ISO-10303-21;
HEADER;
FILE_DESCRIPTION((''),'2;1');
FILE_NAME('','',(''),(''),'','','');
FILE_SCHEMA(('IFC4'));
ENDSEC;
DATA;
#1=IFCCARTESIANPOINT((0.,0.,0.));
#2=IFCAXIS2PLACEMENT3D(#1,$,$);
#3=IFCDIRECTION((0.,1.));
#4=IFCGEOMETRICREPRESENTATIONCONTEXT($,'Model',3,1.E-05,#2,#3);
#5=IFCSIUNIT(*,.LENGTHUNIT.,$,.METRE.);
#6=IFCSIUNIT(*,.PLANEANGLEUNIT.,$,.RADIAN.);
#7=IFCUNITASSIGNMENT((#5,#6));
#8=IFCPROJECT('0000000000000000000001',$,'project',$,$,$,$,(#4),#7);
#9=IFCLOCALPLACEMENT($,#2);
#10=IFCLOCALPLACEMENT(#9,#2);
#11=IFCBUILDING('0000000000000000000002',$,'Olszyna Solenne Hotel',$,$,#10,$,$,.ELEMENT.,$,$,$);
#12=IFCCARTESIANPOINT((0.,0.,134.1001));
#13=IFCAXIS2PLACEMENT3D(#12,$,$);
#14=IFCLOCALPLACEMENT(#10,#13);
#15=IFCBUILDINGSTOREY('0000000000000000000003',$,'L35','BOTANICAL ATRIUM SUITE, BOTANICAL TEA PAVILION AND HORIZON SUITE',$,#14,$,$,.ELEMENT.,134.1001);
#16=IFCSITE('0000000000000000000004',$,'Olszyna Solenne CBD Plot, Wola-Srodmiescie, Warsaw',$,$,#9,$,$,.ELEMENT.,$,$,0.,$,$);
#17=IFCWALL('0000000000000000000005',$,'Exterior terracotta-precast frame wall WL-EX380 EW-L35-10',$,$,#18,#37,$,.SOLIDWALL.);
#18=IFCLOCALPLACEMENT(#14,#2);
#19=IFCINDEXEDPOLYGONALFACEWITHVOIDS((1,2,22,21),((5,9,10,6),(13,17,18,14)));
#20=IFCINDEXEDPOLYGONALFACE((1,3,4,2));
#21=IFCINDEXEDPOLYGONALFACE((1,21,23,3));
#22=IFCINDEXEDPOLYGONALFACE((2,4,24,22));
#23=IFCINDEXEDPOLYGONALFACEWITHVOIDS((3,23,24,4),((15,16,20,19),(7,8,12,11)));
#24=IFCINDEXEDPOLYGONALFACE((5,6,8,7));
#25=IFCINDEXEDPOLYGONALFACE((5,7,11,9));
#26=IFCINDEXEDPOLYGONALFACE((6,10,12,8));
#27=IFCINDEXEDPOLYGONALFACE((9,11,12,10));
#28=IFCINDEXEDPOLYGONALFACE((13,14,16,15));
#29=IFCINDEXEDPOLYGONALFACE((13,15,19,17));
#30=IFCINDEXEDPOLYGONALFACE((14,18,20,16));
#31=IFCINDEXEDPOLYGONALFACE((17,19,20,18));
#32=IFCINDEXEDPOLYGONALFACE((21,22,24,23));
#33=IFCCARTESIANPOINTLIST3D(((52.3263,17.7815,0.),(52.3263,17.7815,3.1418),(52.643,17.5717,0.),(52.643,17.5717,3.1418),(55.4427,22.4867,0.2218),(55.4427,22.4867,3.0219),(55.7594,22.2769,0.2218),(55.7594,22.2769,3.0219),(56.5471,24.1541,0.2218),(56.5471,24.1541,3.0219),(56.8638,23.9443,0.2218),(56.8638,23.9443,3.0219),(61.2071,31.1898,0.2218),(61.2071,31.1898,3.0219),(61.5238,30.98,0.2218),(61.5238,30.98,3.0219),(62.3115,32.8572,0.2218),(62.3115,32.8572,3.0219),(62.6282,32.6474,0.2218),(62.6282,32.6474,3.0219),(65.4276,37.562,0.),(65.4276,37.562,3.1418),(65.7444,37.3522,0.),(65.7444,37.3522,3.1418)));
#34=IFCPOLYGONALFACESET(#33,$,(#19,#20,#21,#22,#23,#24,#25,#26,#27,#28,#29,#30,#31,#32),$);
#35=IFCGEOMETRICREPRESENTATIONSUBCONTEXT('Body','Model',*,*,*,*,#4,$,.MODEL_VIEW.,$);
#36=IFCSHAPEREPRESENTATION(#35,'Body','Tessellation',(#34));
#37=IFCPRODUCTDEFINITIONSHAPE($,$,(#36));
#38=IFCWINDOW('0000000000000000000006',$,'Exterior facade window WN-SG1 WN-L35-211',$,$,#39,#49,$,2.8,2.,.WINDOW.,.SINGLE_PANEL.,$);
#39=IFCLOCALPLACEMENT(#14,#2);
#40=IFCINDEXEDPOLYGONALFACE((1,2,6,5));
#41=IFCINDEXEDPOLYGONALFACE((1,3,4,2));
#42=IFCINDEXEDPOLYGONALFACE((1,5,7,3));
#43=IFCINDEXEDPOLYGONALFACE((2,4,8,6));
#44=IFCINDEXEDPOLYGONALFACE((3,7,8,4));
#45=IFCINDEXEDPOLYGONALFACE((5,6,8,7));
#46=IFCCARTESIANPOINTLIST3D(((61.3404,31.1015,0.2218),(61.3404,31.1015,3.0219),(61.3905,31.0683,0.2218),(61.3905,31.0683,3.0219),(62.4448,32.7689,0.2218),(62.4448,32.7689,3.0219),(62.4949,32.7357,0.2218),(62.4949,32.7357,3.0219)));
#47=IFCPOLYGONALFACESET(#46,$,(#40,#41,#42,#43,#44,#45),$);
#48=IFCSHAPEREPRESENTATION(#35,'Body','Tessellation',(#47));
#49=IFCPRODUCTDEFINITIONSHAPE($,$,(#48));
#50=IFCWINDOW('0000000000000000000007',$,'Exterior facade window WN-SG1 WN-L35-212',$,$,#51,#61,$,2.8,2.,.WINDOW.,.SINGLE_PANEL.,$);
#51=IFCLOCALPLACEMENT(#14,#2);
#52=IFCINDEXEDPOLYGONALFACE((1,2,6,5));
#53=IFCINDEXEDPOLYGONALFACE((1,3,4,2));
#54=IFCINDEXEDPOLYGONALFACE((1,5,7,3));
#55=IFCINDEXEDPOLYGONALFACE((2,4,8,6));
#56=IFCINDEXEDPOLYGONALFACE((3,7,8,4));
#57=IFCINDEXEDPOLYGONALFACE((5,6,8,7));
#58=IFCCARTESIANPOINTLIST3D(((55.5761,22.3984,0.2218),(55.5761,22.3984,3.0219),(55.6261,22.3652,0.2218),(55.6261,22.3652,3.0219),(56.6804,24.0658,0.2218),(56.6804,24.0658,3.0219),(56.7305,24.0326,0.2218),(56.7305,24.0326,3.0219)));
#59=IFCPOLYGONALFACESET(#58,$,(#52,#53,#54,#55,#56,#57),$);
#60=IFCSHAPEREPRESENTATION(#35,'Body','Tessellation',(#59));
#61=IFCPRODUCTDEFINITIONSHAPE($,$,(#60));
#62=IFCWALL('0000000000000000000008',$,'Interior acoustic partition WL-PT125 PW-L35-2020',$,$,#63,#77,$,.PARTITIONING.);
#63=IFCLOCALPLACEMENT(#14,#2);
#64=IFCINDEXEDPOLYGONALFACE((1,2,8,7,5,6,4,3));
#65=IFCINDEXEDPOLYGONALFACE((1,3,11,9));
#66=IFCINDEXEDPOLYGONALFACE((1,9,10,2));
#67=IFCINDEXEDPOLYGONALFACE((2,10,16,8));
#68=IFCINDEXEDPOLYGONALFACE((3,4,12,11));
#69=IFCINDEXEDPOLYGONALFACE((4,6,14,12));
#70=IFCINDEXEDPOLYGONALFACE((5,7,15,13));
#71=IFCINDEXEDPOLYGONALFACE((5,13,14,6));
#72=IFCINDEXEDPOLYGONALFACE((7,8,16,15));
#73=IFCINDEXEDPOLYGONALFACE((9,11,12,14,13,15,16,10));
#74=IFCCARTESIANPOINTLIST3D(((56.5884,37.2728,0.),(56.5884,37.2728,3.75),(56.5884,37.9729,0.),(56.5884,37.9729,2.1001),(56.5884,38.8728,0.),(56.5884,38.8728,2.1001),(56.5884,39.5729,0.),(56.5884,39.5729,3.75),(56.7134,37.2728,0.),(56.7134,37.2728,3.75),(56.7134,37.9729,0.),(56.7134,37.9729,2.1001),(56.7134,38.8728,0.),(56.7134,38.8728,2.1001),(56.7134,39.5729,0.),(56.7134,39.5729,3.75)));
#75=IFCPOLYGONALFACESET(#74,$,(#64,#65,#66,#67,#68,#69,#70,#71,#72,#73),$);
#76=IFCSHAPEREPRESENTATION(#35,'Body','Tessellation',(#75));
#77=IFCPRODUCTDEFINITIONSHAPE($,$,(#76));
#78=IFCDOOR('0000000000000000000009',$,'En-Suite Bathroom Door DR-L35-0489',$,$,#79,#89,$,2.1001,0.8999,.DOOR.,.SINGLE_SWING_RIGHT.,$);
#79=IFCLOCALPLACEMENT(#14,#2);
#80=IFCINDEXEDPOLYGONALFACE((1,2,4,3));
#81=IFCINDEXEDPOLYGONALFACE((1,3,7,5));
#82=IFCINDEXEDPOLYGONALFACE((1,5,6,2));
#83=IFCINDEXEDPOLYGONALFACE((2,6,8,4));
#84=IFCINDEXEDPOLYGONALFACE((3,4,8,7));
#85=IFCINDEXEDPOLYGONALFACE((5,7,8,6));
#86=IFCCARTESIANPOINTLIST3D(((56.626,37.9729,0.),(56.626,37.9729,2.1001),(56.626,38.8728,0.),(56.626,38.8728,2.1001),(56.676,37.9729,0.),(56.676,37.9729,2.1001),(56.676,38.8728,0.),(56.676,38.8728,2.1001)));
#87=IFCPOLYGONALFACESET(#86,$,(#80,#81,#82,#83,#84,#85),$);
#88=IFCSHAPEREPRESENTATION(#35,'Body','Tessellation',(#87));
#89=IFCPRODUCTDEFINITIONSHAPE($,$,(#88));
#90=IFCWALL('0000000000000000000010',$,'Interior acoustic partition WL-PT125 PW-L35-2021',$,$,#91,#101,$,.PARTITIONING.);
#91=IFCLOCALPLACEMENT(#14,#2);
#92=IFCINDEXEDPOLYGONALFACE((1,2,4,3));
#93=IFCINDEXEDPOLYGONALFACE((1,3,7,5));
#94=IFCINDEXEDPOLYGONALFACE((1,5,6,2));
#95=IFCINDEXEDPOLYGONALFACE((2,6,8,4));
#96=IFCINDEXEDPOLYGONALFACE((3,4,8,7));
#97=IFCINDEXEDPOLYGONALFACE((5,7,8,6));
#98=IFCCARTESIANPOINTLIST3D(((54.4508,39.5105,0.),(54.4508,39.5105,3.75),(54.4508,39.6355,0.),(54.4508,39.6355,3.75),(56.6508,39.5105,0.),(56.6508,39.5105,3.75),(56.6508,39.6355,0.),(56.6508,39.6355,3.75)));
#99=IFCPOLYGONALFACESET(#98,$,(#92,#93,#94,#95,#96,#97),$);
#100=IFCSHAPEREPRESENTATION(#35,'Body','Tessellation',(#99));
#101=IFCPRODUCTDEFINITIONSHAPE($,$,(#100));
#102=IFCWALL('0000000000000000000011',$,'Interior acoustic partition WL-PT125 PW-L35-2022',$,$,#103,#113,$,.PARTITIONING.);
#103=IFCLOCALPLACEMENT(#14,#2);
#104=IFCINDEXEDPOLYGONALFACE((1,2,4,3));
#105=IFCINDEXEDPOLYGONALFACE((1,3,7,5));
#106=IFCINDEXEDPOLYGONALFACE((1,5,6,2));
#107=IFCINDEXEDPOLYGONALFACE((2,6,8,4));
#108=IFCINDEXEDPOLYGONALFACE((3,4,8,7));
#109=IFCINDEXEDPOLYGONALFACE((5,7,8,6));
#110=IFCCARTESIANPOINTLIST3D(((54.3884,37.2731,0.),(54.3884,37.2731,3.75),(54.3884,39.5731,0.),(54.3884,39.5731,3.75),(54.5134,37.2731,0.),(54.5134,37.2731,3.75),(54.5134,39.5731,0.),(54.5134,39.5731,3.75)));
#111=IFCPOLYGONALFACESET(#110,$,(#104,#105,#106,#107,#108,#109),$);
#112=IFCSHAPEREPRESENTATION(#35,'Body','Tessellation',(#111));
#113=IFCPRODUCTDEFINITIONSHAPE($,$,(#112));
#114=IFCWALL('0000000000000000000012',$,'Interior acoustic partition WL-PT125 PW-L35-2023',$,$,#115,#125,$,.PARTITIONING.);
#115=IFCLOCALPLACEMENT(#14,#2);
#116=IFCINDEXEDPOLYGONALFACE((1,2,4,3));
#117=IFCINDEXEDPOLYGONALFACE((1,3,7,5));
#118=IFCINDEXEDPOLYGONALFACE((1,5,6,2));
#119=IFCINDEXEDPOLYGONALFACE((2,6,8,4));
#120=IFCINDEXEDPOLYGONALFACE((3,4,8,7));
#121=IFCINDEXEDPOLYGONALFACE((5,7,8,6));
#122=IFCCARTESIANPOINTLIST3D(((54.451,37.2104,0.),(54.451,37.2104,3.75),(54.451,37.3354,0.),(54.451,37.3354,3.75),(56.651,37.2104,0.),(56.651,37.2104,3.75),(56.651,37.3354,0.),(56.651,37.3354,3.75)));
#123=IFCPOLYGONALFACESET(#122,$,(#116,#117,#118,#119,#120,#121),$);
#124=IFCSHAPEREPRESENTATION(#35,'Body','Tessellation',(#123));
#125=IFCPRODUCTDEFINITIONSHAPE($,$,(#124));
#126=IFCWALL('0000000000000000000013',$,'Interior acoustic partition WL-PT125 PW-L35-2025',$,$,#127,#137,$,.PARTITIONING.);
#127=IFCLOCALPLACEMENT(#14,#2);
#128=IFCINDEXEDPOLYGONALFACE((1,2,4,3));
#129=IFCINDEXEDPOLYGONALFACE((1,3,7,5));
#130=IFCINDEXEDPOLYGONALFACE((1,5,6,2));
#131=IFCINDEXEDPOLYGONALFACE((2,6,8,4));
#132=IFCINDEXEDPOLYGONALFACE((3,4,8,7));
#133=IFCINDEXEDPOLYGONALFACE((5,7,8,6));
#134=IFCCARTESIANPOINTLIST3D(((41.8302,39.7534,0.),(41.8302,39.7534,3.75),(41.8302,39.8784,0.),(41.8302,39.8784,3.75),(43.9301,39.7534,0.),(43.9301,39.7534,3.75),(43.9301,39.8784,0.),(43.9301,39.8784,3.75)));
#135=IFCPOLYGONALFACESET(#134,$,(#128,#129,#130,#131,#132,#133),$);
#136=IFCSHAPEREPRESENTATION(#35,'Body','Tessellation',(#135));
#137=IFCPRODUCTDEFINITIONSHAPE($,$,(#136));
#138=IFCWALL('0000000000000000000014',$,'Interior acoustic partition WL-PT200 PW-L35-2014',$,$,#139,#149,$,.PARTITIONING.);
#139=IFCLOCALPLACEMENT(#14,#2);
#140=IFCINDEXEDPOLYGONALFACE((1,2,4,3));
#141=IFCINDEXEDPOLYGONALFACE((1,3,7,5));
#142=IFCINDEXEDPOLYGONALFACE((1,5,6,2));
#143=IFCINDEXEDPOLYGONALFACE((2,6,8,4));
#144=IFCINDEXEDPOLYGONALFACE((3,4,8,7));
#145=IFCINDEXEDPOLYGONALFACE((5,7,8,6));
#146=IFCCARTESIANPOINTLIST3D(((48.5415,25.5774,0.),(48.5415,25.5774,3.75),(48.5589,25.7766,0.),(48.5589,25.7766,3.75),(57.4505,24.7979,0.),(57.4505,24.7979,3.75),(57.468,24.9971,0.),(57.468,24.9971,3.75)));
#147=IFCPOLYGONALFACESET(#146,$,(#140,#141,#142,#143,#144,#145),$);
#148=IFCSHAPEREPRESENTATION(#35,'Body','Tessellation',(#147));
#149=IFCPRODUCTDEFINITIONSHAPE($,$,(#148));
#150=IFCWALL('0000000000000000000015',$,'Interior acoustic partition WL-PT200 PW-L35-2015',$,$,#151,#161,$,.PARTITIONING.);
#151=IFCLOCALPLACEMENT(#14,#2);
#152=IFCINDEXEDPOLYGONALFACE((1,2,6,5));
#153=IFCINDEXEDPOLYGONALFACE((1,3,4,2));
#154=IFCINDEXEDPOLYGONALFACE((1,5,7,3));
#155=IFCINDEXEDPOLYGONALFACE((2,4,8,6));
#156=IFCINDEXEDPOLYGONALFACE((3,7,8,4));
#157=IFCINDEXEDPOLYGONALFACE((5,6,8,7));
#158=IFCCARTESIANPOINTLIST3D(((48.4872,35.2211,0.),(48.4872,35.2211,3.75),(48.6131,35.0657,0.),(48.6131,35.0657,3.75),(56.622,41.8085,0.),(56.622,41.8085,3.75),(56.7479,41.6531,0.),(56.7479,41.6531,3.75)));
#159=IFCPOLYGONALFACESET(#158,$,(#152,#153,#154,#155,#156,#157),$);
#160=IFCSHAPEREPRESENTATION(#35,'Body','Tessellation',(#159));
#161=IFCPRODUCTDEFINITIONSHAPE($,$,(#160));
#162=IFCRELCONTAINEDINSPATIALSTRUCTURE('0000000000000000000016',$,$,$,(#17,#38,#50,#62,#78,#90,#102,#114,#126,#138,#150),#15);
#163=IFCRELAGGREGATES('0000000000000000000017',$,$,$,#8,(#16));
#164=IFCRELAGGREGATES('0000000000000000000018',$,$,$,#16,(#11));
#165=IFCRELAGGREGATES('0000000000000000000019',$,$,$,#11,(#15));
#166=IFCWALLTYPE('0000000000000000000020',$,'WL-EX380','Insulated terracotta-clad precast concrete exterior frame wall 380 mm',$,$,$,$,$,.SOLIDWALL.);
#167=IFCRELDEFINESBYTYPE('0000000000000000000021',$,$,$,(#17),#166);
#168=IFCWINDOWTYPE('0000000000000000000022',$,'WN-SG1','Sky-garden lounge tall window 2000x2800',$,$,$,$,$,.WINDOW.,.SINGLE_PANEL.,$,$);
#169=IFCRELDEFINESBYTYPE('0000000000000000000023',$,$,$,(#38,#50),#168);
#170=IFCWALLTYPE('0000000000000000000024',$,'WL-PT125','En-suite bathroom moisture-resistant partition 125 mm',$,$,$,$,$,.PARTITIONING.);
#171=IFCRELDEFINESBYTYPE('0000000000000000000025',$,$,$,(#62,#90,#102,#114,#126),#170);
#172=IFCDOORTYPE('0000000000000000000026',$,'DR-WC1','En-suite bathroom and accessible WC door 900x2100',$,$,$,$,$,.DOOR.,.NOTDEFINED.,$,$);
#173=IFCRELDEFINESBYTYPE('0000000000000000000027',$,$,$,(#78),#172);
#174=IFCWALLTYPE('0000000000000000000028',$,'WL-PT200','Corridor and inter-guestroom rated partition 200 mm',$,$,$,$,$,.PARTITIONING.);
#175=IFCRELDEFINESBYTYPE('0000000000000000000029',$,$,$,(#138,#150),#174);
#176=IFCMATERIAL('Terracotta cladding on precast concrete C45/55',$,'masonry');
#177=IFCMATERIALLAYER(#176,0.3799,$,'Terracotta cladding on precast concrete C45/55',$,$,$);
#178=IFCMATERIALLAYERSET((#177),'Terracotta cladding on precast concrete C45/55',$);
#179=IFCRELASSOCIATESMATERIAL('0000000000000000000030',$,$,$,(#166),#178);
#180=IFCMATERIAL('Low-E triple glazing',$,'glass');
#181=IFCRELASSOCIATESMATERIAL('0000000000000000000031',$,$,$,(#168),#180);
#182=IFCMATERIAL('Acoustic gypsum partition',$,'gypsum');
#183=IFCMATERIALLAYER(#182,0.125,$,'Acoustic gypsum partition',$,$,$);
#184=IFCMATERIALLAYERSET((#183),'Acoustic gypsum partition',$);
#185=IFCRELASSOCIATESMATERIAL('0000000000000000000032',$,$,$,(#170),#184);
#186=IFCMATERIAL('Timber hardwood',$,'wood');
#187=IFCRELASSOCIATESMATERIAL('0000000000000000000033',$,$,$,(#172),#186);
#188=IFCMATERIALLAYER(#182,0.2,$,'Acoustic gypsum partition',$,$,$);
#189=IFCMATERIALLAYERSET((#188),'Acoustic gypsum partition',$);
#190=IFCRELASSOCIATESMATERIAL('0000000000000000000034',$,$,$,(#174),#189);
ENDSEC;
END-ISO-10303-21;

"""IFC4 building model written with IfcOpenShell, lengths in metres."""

from ifc_helpers import new_model, si_unit, direction, frame, frame_2d, origin, place, context, subcontext, project, spatial, rectangle, extrude, source, transform, mapped, material, layer, layer_set, type_object, type_shapes, element, fill, save


model = new_model("IFC4")

# Units and contexts
model_context = context("Model", 3, precision=1e-05, world=origin(), true_north=direction((0.0, 1.0)))
body_context = subcontext(model_context, "Body", "Model", "MODEL_VIEW")
ifc_project = project(units=[si_unit("LENGTHUNIT", "METRE"), si_unit("PLANEANGLEUNIT", "RADIAN")], contexts=[model_context])

# Site, building, storey
site_placement = place(None, origin())
site = spatial("IfcSite", under=ifc_project, at=site_placement, Name="Olszyna Solenne CBD Plot, Wola-Srodmiescie, Warsaw", CompositionType="ELEMENT", RefElevation=0.0)
building_placement = place(site_placement, origin())
building = spatial("IfcBuilding", under=site, at=building_placement, Name="Olszyna Solenne Hotel", CompositionType="ELEMENT")
storey_placement = place(building_placement, frame((0.0, 0.0, 134.1001)))
storey = spatial("IfcBuildingStorey", under=building, at=storey_placement, Name="L35", Description="BOTANICAL ATRIUM SUITE, BOTANICAL TEA PAVILION AND HORIZON SUITE", CompositionType="ELEMENT", Elevation=134.1001)

# Shared definitions
ifc_material_1 = material(Name="Timber hardwood", Category="wood")

# Shared definitions
ifc_material_2 = material(Name="Terracotta cladding on precast concrete C45/55", Category="masonry")
ifc_layer_1 = layer(ifc_material_2, 0.3799, Name="Terracotta cladding on precast concrete C45/55")
ifc_layer_set_1 = layer_set([ifc_layer_1], Name="Terracotta cladding on precast concrete C45/55")
wall_type_1 = type_object("IfcWallType", Name="WL-EX380", Description="Insulated terracotta-clad precast concrete exterior frame wall 380 mm", PredefinedType="SOLIDWALL", material=ifc_layer_set_1)

# Wall, openings, windows
wall_1_placement = place(storey_placement, frame((65.5859, 37.457, 0.0), z_axis=(0.0, 0.0, 1.0), x_axis=(-0.552197, -0.833714, 0.0)))
wall_1 = element("IfcWall", 1, at=wall_1_placement, inside=storey, type_object=wall_type_1, Name="Exterior terracotta-precast frame wall WL-EX380 EW-L35-10", PredefinedType="SOLIDWALL", context=body_context, shape_type="SweptSolid", body=[
    extrude(rectangle(XDim=23.7258, YDim=0.3799, at=frame_2d((11.8628, 0.0))), origin(), (0.0, 0.0, 1.0), 3.1418),
])
opening_1_placement = place(wall_1_placement, frame((5.6431, 0.0, 0.2219)))
opening_1 = element("IfcOpeningElement", 2, at=opening_1_placement, cuts=wall_1, PredefinedType="OPENING", context=body_context, shape_type="SweptSolid", body=[
    extrude(rectangle(XDim=2.0, YDim=2.8, at=frame_2d((1.0, 1.3999))), frame((0.0, 0.2, 0.0), z_axis=(0.0, -1.0, 0.0), x_axis=(1.0, 0.0, 0.0)), (0.0, 0.0, 1.0), 0.3999),
])
opening_2_placement = place(wall_1_placement, frame((16.082, 0.0, 0.2219)))
opening_2 = element("IfcOpeningElement", 3, at=opening_2_placement, cuts=wall_1, PredefinedType="OPENING", context=body_context, shape_type="SweptSolid", body=[
    extrude(rectangle(XDim=2.0, YDim=2.8, at=frame_2d((1.0, 1.3999))), frame((0.0, 0.2, 0.0), z_axis=(0.0, -1.0, 0.0), x_axis=(1.0, 0.0, 0.0)), (0.0, 0.0, 1.0), 0.3999),
])
ifc_material_3 = material(Name="Low-E triple glazing", Category="glass")
window_type = type_object("IfcWindowType", Name="WN-SG1", Description="Sky-garden lounge tall window 2000x2800", PartitioningType="SINGLE_PANEL", PredefinedType="WINDOW", material=ifc_material_3)
shared_shape_1 = source(origin(), body_context, "Body", "SweptSolid", [
    extrude(rectangle(XDim=2.0, YDim=2.8, at=frame_2d((1.0, 1.3999))), frame((0.0, 0.03, 0.0), z_axis=(0.0, -1.0, 0.0), x_axis=(1.0, 0.0, 0.0)), (0.0, 0.0, 1.0), 0.0601),
])
type_shapes(window_type, [shared_shape_1])
window_1_placement = place(opening_1_placement, origin())
window_1 = element("IfcWindow", 4, at=window_1_placement, inside=storey, type_object=window_type, Name="Exterior facade window WN-SG1 WN-L35-211", OverallHeight=2.8, OverallWidth=2.0, PartitioningType="SINGLE_PANEL", PredefinedType="WINDOW", context=body_context, shape_type="MappedRepresentation", body=[
    mapped(shared_shape_1, transform((0.0, 0.0, 0.0), x_axis=(1.0, 0.0, 0.0), y_axis=(0.0, 1.0, 0.0), z_axis=(0.0, 0.0, 1.0), scale=1.0)),
])
fill(opening_1, window_1)
window_2_placement = place(opening_2_placement, origin())
window_2 = element("IfcWindow", 5, at=window_2_placement, inside=storey, type_object=window_type, Name="Exterior facade window WN-SG1 WN-L35-212", OverallHeight=2.8, OverallWidth=2.0, PartitioningType="SINGLE_PANEL", PredefinedType="WINDOW", context=body_context, shape_type="MappedRepresentation", body=[
    mapped(shared_shape_1, transform((0.0, 0.0, 0.0), x_axis=(1.0, 0.0, 0.0), y_axis=(0.0, 1.0, 0.0), z_axis=(0.0, 0.0, 1.0), scale=1.0)),
])
fill(opening_2, window_2)

# Wall, opening, door
ifc_material_4 = material(Name="Acoustic gypsum partition", Category="gypsum")
ifc_layer_2 = layer(ifc_material_4, 0.125, Name="Acoustic gypsum partition")
ifc_layer_set_2 = layer_set([ifc_layer_2], Name="Acoustic gypsum partition")
wall_type_2 = type_object("IfcWallType", Name="WL-PT125", Description="En-suite bathroom moisture-resistant partition 125 mm", PredefinedType="PARTITIONING", material=ifc_layer_set_2)
wall_2_placement = place(storey_placement, frame((56.6509, 37.2729, 0.0), z_axis=(0.0, 0.0, 1.0), x_axis=(0.0, 1.0, 0.0)))
wall_2 = element("IfcWall", 6, at=wall_2_placement, inside=storey, type_object=wall_type_2, Name="Interior acoustic partition WL-PT125 PW-L35-2020", PredefinedType="PARTITIONING", context=body_context, shape_type="SweptSolid", body=[
    extrude(rectangle(XDim=2.3, YDim=0.125, at=frame_2d((1.1499, 0.0))), origin(), (0.0, 0.0, 1.0), 3.75),
])
opening_3_placement = place(wall_2_placement, frame((0.7, 0.0, 0.0)))
opening_3 = element("IfcOpeningElement", 7, at=opening_3_placement, cuts=wall_2, PredefinedType="OPENING", context=body_context, shape_type="SweptSolid", body=[
    extrude(rectangle(XDim=0.8999, YDim=2.1001, at=frame_2d((0.45, 1.05))), frame((0.0, 0.0725, 0.0), z_axis=(0.0, -1.0, 0.0), x_axis=(1.0, 0.0, 0.0)), (0.0, 0.0, 1.0), 0.145),
])
door_type_1 = type_object("IfcDoorType", Name="DR-WC1", Description="En-suite bathroom and accessible WC door 900x2100", OperationType="NOTDEFINED", PredefinedType="DOOR", material=ifc_material_1)
shared_shape_2 = source(origin(), body_context, "Body", "SweptSolid", [
    extrude(rectangle(XDim=0.8999, YDim=2.1001, at=frame_2d((0.45, 1.05))), frame((0.0, 0.0249, 0.0), z_axis=(0.0, -1.0, 0.0), x_axis=(1.0, 0.0, 0.0)), (0.0, 0.0, 1.0), 0.05),
])
type_shapes(door_type_1, [shared_shape_2])
door_1_placement = place(opening_3_placement, origin())
door_1 = element("IfcDoor", 8, at=door_1_placement, inside=storey, type_object=door_type_1, Name="En-Suite Bathroom Door DR-L35-0489", OperationType="SINGLE_SWING_RIGHT", OverallHeight=2.1001, OverallWidth=0.8999, PredefinedType="DOOR", context=body_context, shape_type="MappedRepresentation", body=[
    mapped(shared_shape_2, transform((0.0, 0.0, 0.0), x_axis=(1.0, 0.0, 0.0), y_axis=(0.0, 1.0, 0.0), z_axis=(0.0, 0.0, 1.0), scale=1.0)),
])
fill(opening_3, door_1)

# Walls
wall_3_placement = place(storey_placement, frame((56.6509, 39.573, 0.0), z_axis=(0.0, 0.0, 1.0), x_axis=(-1.0, 0.0, 0.0)))
element("IfcWall", 9, at=wall_3_placement, inside=storey, type_object=wall_type_2, Name="Interior acoustic partition WL-PT125 PW-L35-2021", PredefinedType="PARTITIONING", context=body_context, shape_type="SweptSolid", body=[
    extrude(rectangle(XDim=2.2, YDim=0.125, at=frame_2d((1.1001, 0.0))), origin(), (0.0, 0.0, 1.0), 3.75),
])
wall_4_placement = place(storey_placement, frame((54.4509, 39.573, 0.0), z_axis=(0.0, 0.0, 1.0), x_axis=(0.0, -1.0, 0.0)))
element("IfcWall", 10, at=wall_4_placement, inside=storey, type_object=wall_type_2, Name="Interior acoustic partition WL-PT125 PW-L35-2022", PredefinedType="PARTITIONING", context=body_context, shape_type="SweptSolid", body=[
    extrude(rectangle(XDim=2.3, YDim=0.125, at=frame_2d((1.1499, 0.0))), origin(), (0.0, 0.0, 1.0), 3.75),
])
wall_5_placement = place(storey_placement, frame((54.4509, 37.2729, 0.0), z_axis=(0.0, 0.0, 1.0), x_axis=(1.0, 0.0, 0.0)))
element("IfcWall", 11, at=wall_5_placement, inside=storey, type_object=wall_type_2, Name="Interior acoustic partition WL-PT125 PW-L35-2023", PredefinedType="PARTITIONING", context=body_context, shape_type="SweptSolid", body=[
    extrude(rectangle(XDim=2.2, YDim=0.125, at=frame_2d((1.1001, 0.0))), origin(), (0.0, 0.0, 1.0), 3.75),
])
wall_6_placement = place(storey_placement, frame((43.9299, 39.8159, 0.0), z_axis=(0.0, 0.0, 1.0), x_axis=(-1.0, 0.0, 0.0)))
element("IfcWall", 12, at=wall_6_placement, inside=storey, type_object=wall_type_2, Name="Interior acoustic partition WL-PT125 PW-L35-2025", PredefinedType="PARTITIONING", context=body_context, shape_type="SweptSolid", body=[
    extrude(rectangle(XDim=2.0999, YDim=0.125, at=frame_2d((1.0498, 0.0))), origin(), (0.0, 0.0, 1.0), 3.75),
])
ifc_layer_3 = layer(ifc_material_4, 0.2, Name="Acoustic gypsum partition")
ifc_layer_set_3 = layer_set([ifc_layer_3], Name="Acoustic gypsum partition")
wall_type_3 = type_object("IfcWallType", Name="WL-PT200", Description="Corridor and inter-guestroom rated partition 200 mm", PredefinedType="PARTITIONING", material=ifc_layer_set_3)
wall_7_placement = place(storey_placement, frame((48.55, 25.677, 0.0), z_axis=(0.0, 0.0, 1.0), x_axis=(0.996194, -0.087166, 0.0)))
element("IfcWall", 13, at=wall_7_placement, inside=storey, type_object=wall_type_3, Name="Interior acoustic partition WL-PT200 PW-L35-2014", PredefinedType="PARTITIONING", context=body_context, shape_type="SweptSolid", body=[
    extrude(rectangle(XDim=8.9431, YDim=0.2, at=frame_2d((4.4717, 0.0))), origin(), (0.0, 0.0, 1.0), 3.75),
])
wall_8_placement = place(storey_placement, frame((48.55, 35.1433, 0.0), z_axis=(0.0, 0.0, 1.0), x_axis=(0.777146, 0.62932, 0.0)))
element("IfcWall", 14, at=wall_8_placement, inside=storey, type_object=wall_type_3, Name="Interior acoustic partition WL-PT200 PW-L35-2015", PredefinedType="PARTITIONING", context=body_context, shape_type="SweptSolid", body=[
    extrude(rectangle(XDim=10.4675, YDim=0.2, at=frame_2d((5.2339, 0.0))), origin(), (0.0, 0.0, 1.0), 3.75),
])

save(model, "model.ifc")
